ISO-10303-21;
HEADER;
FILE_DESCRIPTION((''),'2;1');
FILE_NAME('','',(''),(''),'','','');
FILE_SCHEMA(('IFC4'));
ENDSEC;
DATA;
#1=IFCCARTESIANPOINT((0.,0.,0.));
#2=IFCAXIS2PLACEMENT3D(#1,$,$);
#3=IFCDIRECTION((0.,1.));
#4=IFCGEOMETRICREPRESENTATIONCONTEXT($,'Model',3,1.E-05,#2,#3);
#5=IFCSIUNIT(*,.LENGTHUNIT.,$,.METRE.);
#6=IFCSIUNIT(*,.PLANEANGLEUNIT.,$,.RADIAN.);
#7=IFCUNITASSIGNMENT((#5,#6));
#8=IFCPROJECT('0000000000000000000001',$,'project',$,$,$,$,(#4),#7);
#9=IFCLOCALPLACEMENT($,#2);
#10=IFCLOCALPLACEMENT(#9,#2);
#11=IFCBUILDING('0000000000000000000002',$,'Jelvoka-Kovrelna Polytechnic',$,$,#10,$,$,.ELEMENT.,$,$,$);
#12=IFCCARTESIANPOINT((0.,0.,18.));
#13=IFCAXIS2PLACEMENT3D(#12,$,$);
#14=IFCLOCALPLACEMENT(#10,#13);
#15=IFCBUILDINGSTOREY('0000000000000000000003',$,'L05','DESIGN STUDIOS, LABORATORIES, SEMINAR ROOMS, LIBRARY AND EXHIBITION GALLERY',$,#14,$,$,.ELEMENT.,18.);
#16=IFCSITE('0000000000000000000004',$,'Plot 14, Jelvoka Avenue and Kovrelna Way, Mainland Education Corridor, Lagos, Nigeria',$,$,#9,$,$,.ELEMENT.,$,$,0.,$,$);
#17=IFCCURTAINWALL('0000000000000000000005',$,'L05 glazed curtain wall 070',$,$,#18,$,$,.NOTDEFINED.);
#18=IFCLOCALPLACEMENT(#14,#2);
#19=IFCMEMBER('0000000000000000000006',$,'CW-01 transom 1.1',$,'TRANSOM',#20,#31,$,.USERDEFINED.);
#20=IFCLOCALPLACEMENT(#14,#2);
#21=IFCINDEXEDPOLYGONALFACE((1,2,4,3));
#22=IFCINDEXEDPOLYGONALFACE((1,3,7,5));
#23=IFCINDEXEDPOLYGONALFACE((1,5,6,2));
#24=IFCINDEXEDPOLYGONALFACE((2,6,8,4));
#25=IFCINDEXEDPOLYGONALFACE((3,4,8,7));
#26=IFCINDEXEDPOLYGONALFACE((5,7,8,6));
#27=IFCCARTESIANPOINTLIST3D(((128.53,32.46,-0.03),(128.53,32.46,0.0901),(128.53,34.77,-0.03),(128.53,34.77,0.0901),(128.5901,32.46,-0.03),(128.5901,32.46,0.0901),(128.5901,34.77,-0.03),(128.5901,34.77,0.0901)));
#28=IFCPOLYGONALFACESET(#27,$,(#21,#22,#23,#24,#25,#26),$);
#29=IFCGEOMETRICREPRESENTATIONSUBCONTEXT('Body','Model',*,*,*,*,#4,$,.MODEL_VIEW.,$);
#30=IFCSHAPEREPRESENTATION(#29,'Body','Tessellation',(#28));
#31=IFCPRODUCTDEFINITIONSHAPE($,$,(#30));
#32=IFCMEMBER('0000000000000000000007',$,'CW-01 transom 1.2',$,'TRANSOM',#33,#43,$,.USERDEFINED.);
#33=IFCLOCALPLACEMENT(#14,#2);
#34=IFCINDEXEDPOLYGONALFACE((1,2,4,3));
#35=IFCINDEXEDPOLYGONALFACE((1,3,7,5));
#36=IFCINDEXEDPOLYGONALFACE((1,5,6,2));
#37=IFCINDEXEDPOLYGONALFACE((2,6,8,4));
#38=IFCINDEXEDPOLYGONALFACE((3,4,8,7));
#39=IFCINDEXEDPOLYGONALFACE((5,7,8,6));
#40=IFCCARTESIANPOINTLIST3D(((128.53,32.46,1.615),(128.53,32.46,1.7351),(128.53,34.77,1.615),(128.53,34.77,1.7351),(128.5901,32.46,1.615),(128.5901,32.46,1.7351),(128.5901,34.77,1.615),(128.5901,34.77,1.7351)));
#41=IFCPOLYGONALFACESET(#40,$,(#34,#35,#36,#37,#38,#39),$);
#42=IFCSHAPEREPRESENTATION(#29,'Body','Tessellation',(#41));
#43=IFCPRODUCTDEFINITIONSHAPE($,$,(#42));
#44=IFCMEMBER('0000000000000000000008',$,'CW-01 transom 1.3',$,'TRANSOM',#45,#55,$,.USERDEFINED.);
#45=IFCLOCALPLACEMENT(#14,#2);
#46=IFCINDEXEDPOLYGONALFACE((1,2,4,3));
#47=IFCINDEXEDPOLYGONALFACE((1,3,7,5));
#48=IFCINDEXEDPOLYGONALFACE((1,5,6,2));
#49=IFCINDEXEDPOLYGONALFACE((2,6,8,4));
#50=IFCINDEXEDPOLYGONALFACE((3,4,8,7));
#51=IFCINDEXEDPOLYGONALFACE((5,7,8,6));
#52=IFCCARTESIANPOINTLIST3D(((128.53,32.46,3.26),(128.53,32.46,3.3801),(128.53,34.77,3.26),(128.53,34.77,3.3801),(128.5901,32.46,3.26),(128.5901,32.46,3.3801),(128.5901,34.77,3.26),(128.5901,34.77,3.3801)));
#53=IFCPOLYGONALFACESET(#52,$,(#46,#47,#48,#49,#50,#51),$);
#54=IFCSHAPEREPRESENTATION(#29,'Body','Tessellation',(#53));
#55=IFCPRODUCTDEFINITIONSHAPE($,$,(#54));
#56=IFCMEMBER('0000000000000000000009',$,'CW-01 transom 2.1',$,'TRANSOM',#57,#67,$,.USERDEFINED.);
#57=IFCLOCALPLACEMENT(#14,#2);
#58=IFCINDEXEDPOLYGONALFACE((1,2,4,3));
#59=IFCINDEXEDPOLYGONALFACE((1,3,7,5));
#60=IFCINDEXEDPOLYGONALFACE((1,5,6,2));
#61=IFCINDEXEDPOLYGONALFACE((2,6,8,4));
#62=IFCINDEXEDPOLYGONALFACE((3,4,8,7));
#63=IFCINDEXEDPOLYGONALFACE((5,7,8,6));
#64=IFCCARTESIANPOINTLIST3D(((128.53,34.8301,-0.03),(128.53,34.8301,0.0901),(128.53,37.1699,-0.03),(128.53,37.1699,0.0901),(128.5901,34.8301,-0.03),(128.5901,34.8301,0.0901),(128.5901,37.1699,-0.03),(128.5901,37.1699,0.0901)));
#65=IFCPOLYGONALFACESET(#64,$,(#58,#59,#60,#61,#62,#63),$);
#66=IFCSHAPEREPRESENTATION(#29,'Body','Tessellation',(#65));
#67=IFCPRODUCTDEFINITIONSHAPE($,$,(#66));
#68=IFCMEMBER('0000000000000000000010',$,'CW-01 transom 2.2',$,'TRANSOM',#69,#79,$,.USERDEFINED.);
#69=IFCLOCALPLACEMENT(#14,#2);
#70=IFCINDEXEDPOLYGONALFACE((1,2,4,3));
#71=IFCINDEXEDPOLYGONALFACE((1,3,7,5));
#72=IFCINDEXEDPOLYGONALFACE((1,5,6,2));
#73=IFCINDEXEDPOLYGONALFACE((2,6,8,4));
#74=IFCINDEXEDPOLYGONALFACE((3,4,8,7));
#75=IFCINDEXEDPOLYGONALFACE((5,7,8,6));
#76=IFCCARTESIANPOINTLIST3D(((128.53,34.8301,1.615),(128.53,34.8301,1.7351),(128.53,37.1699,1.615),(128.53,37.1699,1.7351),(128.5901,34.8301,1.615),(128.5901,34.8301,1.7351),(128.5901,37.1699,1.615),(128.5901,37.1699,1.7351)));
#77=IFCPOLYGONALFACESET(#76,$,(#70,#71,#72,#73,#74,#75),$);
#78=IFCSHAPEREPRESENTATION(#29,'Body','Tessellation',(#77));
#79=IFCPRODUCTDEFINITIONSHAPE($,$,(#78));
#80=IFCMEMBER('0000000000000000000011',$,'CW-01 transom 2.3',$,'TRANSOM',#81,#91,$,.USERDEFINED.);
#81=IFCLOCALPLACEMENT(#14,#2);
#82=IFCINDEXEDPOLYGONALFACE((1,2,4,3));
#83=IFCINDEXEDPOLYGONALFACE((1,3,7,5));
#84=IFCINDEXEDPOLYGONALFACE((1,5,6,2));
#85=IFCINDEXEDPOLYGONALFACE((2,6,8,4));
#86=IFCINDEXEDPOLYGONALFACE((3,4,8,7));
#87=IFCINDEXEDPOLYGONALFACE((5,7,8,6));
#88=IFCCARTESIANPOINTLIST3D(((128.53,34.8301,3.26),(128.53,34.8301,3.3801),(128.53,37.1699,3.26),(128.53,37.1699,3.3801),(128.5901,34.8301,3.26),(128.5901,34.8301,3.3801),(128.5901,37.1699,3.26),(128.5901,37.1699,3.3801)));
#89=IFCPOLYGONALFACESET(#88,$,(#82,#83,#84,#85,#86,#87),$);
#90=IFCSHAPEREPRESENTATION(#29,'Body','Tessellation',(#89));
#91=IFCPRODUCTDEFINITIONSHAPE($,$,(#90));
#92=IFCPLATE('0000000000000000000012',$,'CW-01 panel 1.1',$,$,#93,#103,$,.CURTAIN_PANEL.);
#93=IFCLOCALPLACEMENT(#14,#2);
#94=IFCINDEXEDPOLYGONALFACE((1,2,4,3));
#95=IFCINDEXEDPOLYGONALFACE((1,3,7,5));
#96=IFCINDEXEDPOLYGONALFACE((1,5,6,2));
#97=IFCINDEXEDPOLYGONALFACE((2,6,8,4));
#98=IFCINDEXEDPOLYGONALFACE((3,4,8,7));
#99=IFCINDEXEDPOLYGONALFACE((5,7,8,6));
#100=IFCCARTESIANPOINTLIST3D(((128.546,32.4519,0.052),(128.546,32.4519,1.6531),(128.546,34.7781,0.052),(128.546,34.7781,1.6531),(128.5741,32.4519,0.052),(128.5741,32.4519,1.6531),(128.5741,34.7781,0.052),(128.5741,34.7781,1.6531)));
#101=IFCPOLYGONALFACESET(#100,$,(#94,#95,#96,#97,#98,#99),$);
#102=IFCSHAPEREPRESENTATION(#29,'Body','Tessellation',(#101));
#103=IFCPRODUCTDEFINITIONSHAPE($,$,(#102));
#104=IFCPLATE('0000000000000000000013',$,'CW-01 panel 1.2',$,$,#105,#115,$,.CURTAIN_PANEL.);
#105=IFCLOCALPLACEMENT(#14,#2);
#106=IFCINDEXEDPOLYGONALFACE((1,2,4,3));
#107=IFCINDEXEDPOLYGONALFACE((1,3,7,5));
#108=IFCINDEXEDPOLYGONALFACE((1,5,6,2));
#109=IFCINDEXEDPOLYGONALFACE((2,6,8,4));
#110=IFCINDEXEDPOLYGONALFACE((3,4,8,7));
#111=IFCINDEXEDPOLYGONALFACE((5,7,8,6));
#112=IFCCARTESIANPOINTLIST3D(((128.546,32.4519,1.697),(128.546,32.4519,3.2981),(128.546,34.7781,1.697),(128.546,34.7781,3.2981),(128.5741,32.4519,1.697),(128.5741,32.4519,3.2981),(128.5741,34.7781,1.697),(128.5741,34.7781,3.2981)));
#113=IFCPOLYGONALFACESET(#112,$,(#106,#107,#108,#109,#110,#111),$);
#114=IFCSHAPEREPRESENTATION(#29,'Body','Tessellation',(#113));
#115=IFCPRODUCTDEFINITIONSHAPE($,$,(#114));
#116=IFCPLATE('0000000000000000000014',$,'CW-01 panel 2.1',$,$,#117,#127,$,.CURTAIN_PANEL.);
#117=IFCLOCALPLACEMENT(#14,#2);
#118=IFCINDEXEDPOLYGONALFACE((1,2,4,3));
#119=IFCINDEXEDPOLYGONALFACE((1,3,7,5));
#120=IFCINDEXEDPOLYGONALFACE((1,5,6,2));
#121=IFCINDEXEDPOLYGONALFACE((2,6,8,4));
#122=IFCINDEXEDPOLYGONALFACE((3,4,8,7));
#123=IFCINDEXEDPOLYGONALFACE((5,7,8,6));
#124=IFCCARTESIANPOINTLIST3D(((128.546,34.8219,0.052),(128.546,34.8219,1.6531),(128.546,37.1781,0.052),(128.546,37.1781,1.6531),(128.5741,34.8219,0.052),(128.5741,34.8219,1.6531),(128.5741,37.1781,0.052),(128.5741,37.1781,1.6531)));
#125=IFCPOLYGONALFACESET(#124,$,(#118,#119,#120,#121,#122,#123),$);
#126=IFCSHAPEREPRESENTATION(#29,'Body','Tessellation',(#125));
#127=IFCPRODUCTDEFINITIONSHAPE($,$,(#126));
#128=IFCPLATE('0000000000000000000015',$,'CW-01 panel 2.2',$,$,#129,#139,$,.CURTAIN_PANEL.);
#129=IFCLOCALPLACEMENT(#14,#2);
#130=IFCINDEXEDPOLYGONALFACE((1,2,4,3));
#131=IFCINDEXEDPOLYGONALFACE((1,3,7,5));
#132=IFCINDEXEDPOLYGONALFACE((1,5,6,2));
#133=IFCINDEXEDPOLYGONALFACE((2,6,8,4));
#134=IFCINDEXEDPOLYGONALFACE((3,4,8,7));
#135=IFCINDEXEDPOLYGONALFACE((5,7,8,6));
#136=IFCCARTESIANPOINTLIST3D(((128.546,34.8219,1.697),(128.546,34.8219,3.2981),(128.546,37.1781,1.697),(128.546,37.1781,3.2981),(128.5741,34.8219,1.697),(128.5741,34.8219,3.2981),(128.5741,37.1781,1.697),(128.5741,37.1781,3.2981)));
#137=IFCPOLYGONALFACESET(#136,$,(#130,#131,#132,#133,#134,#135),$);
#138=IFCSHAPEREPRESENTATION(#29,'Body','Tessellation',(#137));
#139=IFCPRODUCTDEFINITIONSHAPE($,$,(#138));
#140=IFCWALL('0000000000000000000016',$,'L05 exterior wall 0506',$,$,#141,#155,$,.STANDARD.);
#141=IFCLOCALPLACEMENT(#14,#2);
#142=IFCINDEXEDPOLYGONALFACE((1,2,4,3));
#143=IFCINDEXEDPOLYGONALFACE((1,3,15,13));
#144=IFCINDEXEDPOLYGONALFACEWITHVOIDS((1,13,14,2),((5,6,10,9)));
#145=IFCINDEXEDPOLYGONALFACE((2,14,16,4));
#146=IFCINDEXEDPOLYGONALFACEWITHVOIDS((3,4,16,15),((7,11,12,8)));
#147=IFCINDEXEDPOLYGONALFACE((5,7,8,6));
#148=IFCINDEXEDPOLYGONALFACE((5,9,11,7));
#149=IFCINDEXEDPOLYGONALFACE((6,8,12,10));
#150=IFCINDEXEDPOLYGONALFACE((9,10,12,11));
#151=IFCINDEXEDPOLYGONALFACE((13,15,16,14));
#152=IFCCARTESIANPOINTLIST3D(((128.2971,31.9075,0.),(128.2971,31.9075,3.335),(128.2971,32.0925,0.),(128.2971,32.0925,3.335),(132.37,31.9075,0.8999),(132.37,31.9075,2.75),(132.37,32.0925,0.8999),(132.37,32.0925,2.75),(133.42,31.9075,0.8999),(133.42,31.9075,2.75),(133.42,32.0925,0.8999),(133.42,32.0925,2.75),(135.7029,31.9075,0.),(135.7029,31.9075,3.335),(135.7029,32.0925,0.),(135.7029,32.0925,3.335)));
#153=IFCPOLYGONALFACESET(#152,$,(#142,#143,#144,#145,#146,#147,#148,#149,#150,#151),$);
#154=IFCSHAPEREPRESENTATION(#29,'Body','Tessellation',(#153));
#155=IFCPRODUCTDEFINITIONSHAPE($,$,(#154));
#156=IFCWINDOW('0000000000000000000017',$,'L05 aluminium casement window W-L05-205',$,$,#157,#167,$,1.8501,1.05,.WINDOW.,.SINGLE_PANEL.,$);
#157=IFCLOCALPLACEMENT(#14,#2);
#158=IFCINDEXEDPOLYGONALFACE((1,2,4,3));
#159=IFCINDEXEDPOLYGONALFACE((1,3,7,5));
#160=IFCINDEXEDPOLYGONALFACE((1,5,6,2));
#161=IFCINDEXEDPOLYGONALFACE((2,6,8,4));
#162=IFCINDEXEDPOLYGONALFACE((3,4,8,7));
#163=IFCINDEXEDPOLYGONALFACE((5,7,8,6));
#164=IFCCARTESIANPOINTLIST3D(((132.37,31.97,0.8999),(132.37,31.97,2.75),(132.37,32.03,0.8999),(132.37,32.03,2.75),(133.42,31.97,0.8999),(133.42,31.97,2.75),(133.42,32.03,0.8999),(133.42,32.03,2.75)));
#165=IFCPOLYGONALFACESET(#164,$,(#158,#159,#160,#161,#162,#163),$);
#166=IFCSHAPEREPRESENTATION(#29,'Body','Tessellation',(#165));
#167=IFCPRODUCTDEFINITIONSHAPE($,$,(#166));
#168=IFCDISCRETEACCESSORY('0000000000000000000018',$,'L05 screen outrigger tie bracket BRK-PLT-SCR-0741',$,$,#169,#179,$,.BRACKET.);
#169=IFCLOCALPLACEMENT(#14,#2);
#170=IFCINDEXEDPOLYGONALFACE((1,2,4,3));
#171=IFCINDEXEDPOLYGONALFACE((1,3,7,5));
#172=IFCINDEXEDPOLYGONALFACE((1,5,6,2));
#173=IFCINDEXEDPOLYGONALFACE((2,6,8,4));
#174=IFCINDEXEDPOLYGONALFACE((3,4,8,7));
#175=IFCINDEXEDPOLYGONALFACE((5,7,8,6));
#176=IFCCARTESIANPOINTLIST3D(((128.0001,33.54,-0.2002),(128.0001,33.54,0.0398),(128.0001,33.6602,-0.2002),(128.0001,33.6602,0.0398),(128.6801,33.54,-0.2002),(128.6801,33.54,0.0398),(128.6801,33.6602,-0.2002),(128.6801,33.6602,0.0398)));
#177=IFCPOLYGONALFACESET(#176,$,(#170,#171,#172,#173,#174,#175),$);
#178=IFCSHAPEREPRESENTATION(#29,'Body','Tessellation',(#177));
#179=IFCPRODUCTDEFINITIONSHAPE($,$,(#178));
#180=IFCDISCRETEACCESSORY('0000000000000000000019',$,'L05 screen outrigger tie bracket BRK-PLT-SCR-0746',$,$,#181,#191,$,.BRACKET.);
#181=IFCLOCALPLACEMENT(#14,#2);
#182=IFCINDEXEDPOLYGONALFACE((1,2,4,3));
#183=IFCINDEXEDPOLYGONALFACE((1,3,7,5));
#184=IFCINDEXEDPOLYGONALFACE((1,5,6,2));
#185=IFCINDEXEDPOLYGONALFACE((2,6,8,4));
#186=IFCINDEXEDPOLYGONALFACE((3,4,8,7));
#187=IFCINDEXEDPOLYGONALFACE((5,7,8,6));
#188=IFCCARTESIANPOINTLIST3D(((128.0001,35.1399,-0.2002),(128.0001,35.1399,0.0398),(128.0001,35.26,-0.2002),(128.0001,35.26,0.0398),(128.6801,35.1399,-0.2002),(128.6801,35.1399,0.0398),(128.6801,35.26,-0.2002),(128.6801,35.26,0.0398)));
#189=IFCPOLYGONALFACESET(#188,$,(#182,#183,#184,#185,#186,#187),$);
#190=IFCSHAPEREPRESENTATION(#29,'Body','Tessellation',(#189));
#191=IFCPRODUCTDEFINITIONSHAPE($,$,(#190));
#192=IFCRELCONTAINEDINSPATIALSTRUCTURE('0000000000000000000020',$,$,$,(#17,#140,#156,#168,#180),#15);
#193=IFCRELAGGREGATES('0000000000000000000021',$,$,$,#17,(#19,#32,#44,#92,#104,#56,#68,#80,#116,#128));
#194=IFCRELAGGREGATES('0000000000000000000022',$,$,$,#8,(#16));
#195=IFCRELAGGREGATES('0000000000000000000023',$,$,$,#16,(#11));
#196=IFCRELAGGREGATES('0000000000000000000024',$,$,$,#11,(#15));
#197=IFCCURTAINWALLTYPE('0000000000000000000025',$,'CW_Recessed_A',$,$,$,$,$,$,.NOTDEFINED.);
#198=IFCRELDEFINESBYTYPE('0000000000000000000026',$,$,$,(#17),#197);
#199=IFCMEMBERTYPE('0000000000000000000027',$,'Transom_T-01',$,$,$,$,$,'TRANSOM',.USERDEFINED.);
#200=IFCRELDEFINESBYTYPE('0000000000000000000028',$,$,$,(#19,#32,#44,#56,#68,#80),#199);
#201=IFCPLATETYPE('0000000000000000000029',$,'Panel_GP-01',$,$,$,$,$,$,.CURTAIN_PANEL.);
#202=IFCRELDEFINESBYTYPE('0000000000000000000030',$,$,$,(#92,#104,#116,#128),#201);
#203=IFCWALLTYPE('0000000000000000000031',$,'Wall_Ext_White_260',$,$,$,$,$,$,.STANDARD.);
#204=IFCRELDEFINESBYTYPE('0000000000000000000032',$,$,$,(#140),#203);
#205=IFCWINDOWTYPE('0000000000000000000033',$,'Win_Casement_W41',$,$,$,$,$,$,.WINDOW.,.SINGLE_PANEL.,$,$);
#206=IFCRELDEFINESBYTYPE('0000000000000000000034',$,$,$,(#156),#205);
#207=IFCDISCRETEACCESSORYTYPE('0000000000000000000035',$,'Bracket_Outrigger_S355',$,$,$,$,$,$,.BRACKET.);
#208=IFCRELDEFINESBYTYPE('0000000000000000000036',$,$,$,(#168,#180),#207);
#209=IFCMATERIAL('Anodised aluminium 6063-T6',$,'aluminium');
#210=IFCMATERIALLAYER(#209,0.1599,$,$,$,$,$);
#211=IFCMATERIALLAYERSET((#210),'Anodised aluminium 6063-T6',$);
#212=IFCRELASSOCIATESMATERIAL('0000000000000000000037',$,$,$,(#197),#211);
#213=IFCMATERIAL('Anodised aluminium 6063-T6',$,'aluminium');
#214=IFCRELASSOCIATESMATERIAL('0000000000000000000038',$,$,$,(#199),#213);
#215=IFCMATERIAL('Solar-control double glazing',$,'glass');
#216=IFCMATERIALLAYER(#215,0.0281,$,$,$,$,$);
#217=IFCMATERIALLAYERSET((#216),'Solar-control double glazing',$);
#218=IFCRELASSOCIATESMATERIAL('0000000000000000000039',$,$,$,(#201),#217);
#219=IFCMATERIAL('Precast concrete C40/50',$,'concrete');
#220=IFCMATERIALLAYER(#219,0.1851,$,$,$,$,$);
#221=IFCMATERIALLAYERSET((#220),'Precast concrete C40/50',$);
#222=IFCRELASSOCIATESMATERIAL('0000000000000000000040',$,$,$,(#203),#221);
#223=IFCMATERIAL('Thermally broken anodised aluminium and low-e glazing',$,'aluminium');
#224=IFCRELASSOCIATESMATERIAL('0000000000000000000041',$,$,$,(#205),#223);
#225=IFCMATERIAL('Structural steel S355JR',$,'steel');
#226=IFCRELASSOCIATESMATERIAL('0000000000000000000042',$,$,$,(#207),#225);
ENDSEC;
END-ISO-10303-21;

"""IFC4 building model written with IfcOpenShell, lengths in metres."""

from ifc_helpers import new_model, si_unit, direction, frame, frame_2d, origin, origin_2d, place, context, subcontext, project, spatial, rectangle, extrude, material, layer, layer_set, material_profile, profile_set, type_object, element, fill, aggregate, save


model = new_model("IFC4")

# Units and contexts
model_context = context("Model", 3, precision=1e-05, world=origin(), true_north=direction((0.0, 1.0)))
body_context = subcontext(model_context, "Body", "Model", "MODEL_VIEW")
ifc_project = project(units=[si_unit("LENGTHUNIT", "METRE"), si_unit("PLANEANGLEUNIT", "RADIAN")], contexts=[model_context])

# Site, building, storey
site_placement = place(None, origin())
site = spatial("IfcSite", under=ifc_project, at=site_placement, Name="Plot 14, Jelvoka Avenue and Kovrelna Way, Mainland Education Corridor, Lagos, Nigeria", CompositionType="ELEMENT", RefElevation=0.0)
building_placement = place(site_placement, origin())
building = spatial("IfcBuilding", under=site, at=building_placement, Name="Jelvoka-Kovrelna Polytechnic", CompositionType="ELEMENT")
storey_placement = place(building_placement, frame((0.0, 0.0, 18.0)))
storey = spatial("IfcBuildingStorey", under=building, at=storey_placement, Name="L05", Description="DESIGN STUDIOS, LABORATORIES, SEMINAR ROOMS, LIBRARY AND EXHIBITION GALLERY", CompositionType="ELEMENT", Elevation=18.0)

# Curtain wall
ifc_material_1 = material(Name="Anodised aluminium 6063-T6", Category="aluminium")
ifc_layer_1 = layer(ifc_material_1, 0.1599)
ifc_layer_set_1 = layer_set([ifc_layer_1], Name="Anodised aluminium 6063-T6")
curtain_wall_type = type_object("IfcCurtainWallType", Name="CW_Recessed_A", PredefinedType="NOTDEFINED", material=ifc_layer_set_1)
curtain_wall_placement = place(storey_placement, origin())
curtain_wall = element("IfcCurtainWall", 1, at=curtain_wall_placement, inside=storey, type_object=curtain_wall_type, Name="L05 glazed curtain wall 070", PredefinedType="NOTDEFINED")

# Members
ifc_material_2 = material(Name="Anodised aluminium 6063-T6", Category="aluminium")
ifc_material_profile_1 = material_profile(ifc_material_2, rectangle(XDim=0.0601, YDim=0.1201, at=origin_2d()), Name="ALU 60x120")
ifc_profile_set_1 = profile_set([ifc_material_profile_1], Name="Anodised aluminium 6063-T6")
member_type_1 = type_object("IfcMemberType", Name="Transom_T-01", ElementType="TRANSOM", PredefinedType="USERDEFINED", material=ifc_profile_set_1)
member_1_placement = place(storey_placement, frame((128.5601, 32.46, 0.03), z_axis=(0.0, 1.0, 0.0), x_axis=(-1.0, 0.0, 0.0)))
member_1 = element("IfcMember", 2, at=member_1_placement, type_object=member_type_1, Name="CW-01 transom 1.1", ObjectType="TRANSOM", PredefinedType="USERDEFINED", context=body_context, shape_type="SweptSolid", body=[
    extrude(rectangle(XDim=0.0601, YDim=0.1201, at=origin_2d()), origin(), (0.0, 0.0, 1.0), 2.3101),
])
member_2_placement = place(storey_placement, frame((128.5601, 32.46, 1.675), z_axis=(0.0, 1.0, 0.0), x_axis=(-1.0, 0.0, 0.0)))
member_2 = element("IfcMember", 3, at=member_2_placement, type_object=member_type_1, Name="CW-01 transom 1.2", ObjectType="TRANSOM", PredefinedType="USERDEFINED", context=body_context, shape_type="SweptSolid", body=[
    extrude(rectangle(XDim=0.0601, YDim=0.1201, at=origin_2d()), origin(), (0.0, 0.0, 1.0), 2.3101),
])
member_3_placement = place(storey_placement, frame((128.5601, 32.46, 3.3201), z_axis=(0.0, 1.0, 0.0), x_axis=(-1.0, 0.0, 0.0)))
member_3 = element("IfcMember", 4, at=member_3_placement, type_object=member_type_1, Name="CW-01 transom 1.3", ObjectType="TRANSOM", PredefinedType="USERDEFINED", context=body_context, shape_type="SweptSolid", body=[
    extrude(rectangle(XDim=0.0601, YDim=0.1201, at=origin_2d()), origin(), (0.0, 0.0, 1.0), 2.3101),
])
member_4_placement = place(storey_placement, frame((128.5601, 34.8301, 0.03), z_axis=(0.0, 1.0, 0.0), x_axis=(-1.0, 0.0, 0.0)))
member_4 = element("IfcMember", 5, at=member_4_placement, type_object=member_type_1, Name="CW-01 transom 2.1", ObjectType="TRANSOM", PredefinedType="USERDEFINED", context=body_context, shape_type="SweptSolid", body=[
    extrude(rectangle(XDim=0.0601, YDim=0.1201, at=origin_2d()), origin(), (0.0, 0.0, 1.0), 2.3398),
])
member_5_placement = place(storey_placement, frame((128.5601, 34.8301, 1.675), z_axis=(0.0, 1.0, 0.0), x_axis=(-1.0, 0.0, 0.0)))
member_5 = element("IfcMember", 6, at=member_5_placement, type_object=member_type_1, Name="CW-01 transom 2.2", ObjectType="TRANSOM", PredefinedType="USERDEFINED", context=body_context, shape_type="SweptSolid", body=[
    extrude(rectangle(XDim=0.0601, YDim=0.1201, at=origin_2d()), origin(), (0.0, 0.0, 1.0), 2.3398),
])
member_6_placement = place(storey_placement, frame((128.5601, 34.8301, 3.3201), z_axis=(0.0, 1.0, 0.0), x_axis=(-1.0, 0.0, 0.0)))
member_6 = element("IfcMember", 7, at=member_6_placement, type_object=member_type_1, Name="CW-01 transom 2.3", ObjectType="TRANSOM", PredefinedType="USERDEFINED", context=body_context, shape_type="SweptSolid", body=[
    extrude(rectangle(XDim=0.0601, YDim=0.1201, at=origin_2d()), origin(), (0.0, 0.0, 1.0), 2.3398),
])

# Plates
ifc_material_3 = material(Name="Solar-control double glazing", Category="glass")
ifc_layer_2 = layer(ifc_material_3, 0.0281)
ifc_layer_set_2 = layer_set([ifc_layer_2], Name="Solar-control double glazing")
plate_type = type_object("IfcPlateType", Name="Panel_GP-01", PredefinedType="CURTAIN_PANEL", material=ifc_layer_set_2)
plate_1_placement = place(storey_placement, frame((128.5601, 33.615, 0.052), z_axis=(0.0, 0.0, 1.0), x_axis=(0.0, 1.0, 0.0)))
plate_1 = element("IfcPlate", 8, at=plate_1_placement, type_object=plate_type, Name="CW-01 panel 1.1", PredefinedType="CURTAIN_PANEL", context=body_context, shape_type="SweptSolid", body=[
    extrude(rectangle(XDim=2.3262, YDim=0.0281, at=origin_2d()), origin(), (0.0, 0.0, 1.0), 1.6011),
])
plate_2_placement = place(storey_placement, frame((128.5601, 33.615, 1.697), z_axis=(0.0, 0.0, 1.0), x_axis=(0.0, 1.0, 0.0)))
plate_2 = element("IfcPlate", 9, at=plate_2_placement, type_object=plate_type, Name="CW-01 panel 1.2", PredefinedType="CURTAIN_PANEL", context=body_context, shape_type="SweptSolid", body=[
    extrude(rectangle(XDim=2.3262, YDim=0.0281, at=origin_2d()), origin(), (0.0, 0.0, 1.0), 1.6011),
])
plate_3_placement = place(storey_placement, frame((128.5601, 36.0, 0.052), z_axis=(0.0, 0.0, 1.0), x_axis=(0.0, 1.0, 0.0)))
plate_3 = element("IfcPlate", 10, at=plate_3_placement, type_object=plate_type, Name="CW-01 panel 2.1", PredefinedType="CURTAIN_PANEL", context=body_context, shape_type="SweptSolid", body=[
    extrude(rectangle(XDim=2.3562, YDim=0.0281, at=origin_2d()), origin(), (0.0, 0.0, 1.0), 1.6011),
])
plate_4_placement = place(storey_placement, frame((128.5601, 36.0, 1.697), z_axis=(0.0, 0.0, 1.0), x_axis=(0.0, 1.0, 0.0)))
plate_4 = element("IfcPlate", 11, at=plate_4_placement, type_object=plate_type, Name="CW-01 panel 2.2", PredefinedType="CURTAIN_PANEL", context=body_context, shape_type="SweptSolid", body=[
    extrude(rectangle(XDim=2.3562, YDim=0.0281, at=origin_2d()), origin(), (0.0, 0.0, 1.0), 1.6011),
])
aggregate(curtain_wall, [member_1, member_2, member_3, plate_1, plate_2, member_4, member_5, member_6, plate_3, plate_4])

# Wall, opening, window
ifc_material_4 = material(Name="Precast concrete C40/50", Category="concrete")
ifc_layer_3 = layer(ifc_material_4, 0.1851)
ifc_layer_set_3 = layer_set([ifc_layer_3], Name="Precast concrete C40/50")
wall_type = type_object("IfcWallType", Name="Wall_Ext_White_260", PredefinedType="STANDARD", material=ifc_layer_set_3)
wall_placement = place(storey_placement, frame((135.7029, 32.0, 0.0), z_axis=(0.0, 0.0, 1.0), x_axis=(-1.0, 0.0, 0.0)))
wall = element("IfcWall", 12, at=wall_placement, inside=storey, type_object=wall_type, Name="L05 exterior wall 0506", PredefinedType="STANDARD", context=body_context, shape_type="SweptSolid", body=[
    extrude(rectangle(XDim=7.4058, YDim=0.1851, at=frame_2d((3.7029, 0.0))), origin(), (0.0, 0.0, 1.0), 3.335),
])
opening_placement = place(wall_placement, frame((2.283, 0.0, 0.8999)))
opening = element("IfcOpeningElement", 13, at=opening_placement, cuts=wall, PredefinedType="OPENING", context=body_context, shape_type="SweptSolid", body=[
    extrude(rectangle(XDim=1.05, YDim=1.8501, at=frame_2d((0.5249, 0.925))), frame((0.0, 0.1025, 0.0), z_axis=(0.0, -1.0, 0.0), x_axis=(1.0, 0.0, 0.0)), (0.0, 0.0, 1.0), 0.2051),
])
ifc_material_5 = material(Name="Thermally broken anodised aluminium and low-e glazing", Category="aluminium")
window_type = type_object("IfcWindowType", Name="Win_Casement_W41", PartitioningType="SINGLE_PANEL", PredefinedType="WINDOW", material=ifc_material_5)
window_placement = place(opening_placement, origin())
window = element("IfcWindow", 14, at=window_placement, inside=storey, type_object=window_type, Name="L05 aluminium casement window W-L05-205", OverallHeight=1.8501, OverallWidth=1.05, PartitioningType="SINGLE_PANEL", PredefinedType="WINDOW", context=body_context, shape_type="SweptSolid", body=[
    extrude(rectangle(XDim=1.05, YDim=1.8501, at=frame_2d((0.5249, 0.925))), frame((0.0, 0.03, 0.0), z_axis=(0.0, -1.0, 0.0), x_axis=(1.0, 0.0, 0.0)), (0.0, 0.0, 1.0), 0.0601),
])
fill(opening, window)

# Discrete accessories
ifc_material_6 = material(Name="Structural steel S355JR", Category="steel")
discrete_accessory_type = type_object("IfcDiscreteAccessoryType", Name="Bracket_Outrigger_S355", PredefinedType="BRACKET", material=ifc_material_6)
for number, where, z_axis, x_axis, name in (
    (15, (128.3401, 33.6001, -0.2002), (0.0, 0.0, 1.0), (1.0, 0.0, 0.0), "L05 screen outrigger tie bracket BRK-PLT-SCR-0741"),
    (16, (128.3401, 35.2, -0.2002), (0.0, 0.0, 1.0), (1.0, 0.0, 0.0), "L05 screen outrigger tie bracket BRK-PLT-SCR-0746"),
):
    element("IfcDiscreteAccessory", number, at=place(storey_placement, frame(where, z_axis=z_axis, x_axis=x_axis)), inside=storey, type_object=discrete_accessory_type, Name=name, PredefinedType="BRACKET", context=body_context, shape_type="SweptSolid", body=[
        extrude(rectangle(XDim=0.6799, YDim=0.1201, at=origin_2d()), origin(), (0.0, 0.0, 1.0), 0.24),
    ])

save(model, "model.ifc")
